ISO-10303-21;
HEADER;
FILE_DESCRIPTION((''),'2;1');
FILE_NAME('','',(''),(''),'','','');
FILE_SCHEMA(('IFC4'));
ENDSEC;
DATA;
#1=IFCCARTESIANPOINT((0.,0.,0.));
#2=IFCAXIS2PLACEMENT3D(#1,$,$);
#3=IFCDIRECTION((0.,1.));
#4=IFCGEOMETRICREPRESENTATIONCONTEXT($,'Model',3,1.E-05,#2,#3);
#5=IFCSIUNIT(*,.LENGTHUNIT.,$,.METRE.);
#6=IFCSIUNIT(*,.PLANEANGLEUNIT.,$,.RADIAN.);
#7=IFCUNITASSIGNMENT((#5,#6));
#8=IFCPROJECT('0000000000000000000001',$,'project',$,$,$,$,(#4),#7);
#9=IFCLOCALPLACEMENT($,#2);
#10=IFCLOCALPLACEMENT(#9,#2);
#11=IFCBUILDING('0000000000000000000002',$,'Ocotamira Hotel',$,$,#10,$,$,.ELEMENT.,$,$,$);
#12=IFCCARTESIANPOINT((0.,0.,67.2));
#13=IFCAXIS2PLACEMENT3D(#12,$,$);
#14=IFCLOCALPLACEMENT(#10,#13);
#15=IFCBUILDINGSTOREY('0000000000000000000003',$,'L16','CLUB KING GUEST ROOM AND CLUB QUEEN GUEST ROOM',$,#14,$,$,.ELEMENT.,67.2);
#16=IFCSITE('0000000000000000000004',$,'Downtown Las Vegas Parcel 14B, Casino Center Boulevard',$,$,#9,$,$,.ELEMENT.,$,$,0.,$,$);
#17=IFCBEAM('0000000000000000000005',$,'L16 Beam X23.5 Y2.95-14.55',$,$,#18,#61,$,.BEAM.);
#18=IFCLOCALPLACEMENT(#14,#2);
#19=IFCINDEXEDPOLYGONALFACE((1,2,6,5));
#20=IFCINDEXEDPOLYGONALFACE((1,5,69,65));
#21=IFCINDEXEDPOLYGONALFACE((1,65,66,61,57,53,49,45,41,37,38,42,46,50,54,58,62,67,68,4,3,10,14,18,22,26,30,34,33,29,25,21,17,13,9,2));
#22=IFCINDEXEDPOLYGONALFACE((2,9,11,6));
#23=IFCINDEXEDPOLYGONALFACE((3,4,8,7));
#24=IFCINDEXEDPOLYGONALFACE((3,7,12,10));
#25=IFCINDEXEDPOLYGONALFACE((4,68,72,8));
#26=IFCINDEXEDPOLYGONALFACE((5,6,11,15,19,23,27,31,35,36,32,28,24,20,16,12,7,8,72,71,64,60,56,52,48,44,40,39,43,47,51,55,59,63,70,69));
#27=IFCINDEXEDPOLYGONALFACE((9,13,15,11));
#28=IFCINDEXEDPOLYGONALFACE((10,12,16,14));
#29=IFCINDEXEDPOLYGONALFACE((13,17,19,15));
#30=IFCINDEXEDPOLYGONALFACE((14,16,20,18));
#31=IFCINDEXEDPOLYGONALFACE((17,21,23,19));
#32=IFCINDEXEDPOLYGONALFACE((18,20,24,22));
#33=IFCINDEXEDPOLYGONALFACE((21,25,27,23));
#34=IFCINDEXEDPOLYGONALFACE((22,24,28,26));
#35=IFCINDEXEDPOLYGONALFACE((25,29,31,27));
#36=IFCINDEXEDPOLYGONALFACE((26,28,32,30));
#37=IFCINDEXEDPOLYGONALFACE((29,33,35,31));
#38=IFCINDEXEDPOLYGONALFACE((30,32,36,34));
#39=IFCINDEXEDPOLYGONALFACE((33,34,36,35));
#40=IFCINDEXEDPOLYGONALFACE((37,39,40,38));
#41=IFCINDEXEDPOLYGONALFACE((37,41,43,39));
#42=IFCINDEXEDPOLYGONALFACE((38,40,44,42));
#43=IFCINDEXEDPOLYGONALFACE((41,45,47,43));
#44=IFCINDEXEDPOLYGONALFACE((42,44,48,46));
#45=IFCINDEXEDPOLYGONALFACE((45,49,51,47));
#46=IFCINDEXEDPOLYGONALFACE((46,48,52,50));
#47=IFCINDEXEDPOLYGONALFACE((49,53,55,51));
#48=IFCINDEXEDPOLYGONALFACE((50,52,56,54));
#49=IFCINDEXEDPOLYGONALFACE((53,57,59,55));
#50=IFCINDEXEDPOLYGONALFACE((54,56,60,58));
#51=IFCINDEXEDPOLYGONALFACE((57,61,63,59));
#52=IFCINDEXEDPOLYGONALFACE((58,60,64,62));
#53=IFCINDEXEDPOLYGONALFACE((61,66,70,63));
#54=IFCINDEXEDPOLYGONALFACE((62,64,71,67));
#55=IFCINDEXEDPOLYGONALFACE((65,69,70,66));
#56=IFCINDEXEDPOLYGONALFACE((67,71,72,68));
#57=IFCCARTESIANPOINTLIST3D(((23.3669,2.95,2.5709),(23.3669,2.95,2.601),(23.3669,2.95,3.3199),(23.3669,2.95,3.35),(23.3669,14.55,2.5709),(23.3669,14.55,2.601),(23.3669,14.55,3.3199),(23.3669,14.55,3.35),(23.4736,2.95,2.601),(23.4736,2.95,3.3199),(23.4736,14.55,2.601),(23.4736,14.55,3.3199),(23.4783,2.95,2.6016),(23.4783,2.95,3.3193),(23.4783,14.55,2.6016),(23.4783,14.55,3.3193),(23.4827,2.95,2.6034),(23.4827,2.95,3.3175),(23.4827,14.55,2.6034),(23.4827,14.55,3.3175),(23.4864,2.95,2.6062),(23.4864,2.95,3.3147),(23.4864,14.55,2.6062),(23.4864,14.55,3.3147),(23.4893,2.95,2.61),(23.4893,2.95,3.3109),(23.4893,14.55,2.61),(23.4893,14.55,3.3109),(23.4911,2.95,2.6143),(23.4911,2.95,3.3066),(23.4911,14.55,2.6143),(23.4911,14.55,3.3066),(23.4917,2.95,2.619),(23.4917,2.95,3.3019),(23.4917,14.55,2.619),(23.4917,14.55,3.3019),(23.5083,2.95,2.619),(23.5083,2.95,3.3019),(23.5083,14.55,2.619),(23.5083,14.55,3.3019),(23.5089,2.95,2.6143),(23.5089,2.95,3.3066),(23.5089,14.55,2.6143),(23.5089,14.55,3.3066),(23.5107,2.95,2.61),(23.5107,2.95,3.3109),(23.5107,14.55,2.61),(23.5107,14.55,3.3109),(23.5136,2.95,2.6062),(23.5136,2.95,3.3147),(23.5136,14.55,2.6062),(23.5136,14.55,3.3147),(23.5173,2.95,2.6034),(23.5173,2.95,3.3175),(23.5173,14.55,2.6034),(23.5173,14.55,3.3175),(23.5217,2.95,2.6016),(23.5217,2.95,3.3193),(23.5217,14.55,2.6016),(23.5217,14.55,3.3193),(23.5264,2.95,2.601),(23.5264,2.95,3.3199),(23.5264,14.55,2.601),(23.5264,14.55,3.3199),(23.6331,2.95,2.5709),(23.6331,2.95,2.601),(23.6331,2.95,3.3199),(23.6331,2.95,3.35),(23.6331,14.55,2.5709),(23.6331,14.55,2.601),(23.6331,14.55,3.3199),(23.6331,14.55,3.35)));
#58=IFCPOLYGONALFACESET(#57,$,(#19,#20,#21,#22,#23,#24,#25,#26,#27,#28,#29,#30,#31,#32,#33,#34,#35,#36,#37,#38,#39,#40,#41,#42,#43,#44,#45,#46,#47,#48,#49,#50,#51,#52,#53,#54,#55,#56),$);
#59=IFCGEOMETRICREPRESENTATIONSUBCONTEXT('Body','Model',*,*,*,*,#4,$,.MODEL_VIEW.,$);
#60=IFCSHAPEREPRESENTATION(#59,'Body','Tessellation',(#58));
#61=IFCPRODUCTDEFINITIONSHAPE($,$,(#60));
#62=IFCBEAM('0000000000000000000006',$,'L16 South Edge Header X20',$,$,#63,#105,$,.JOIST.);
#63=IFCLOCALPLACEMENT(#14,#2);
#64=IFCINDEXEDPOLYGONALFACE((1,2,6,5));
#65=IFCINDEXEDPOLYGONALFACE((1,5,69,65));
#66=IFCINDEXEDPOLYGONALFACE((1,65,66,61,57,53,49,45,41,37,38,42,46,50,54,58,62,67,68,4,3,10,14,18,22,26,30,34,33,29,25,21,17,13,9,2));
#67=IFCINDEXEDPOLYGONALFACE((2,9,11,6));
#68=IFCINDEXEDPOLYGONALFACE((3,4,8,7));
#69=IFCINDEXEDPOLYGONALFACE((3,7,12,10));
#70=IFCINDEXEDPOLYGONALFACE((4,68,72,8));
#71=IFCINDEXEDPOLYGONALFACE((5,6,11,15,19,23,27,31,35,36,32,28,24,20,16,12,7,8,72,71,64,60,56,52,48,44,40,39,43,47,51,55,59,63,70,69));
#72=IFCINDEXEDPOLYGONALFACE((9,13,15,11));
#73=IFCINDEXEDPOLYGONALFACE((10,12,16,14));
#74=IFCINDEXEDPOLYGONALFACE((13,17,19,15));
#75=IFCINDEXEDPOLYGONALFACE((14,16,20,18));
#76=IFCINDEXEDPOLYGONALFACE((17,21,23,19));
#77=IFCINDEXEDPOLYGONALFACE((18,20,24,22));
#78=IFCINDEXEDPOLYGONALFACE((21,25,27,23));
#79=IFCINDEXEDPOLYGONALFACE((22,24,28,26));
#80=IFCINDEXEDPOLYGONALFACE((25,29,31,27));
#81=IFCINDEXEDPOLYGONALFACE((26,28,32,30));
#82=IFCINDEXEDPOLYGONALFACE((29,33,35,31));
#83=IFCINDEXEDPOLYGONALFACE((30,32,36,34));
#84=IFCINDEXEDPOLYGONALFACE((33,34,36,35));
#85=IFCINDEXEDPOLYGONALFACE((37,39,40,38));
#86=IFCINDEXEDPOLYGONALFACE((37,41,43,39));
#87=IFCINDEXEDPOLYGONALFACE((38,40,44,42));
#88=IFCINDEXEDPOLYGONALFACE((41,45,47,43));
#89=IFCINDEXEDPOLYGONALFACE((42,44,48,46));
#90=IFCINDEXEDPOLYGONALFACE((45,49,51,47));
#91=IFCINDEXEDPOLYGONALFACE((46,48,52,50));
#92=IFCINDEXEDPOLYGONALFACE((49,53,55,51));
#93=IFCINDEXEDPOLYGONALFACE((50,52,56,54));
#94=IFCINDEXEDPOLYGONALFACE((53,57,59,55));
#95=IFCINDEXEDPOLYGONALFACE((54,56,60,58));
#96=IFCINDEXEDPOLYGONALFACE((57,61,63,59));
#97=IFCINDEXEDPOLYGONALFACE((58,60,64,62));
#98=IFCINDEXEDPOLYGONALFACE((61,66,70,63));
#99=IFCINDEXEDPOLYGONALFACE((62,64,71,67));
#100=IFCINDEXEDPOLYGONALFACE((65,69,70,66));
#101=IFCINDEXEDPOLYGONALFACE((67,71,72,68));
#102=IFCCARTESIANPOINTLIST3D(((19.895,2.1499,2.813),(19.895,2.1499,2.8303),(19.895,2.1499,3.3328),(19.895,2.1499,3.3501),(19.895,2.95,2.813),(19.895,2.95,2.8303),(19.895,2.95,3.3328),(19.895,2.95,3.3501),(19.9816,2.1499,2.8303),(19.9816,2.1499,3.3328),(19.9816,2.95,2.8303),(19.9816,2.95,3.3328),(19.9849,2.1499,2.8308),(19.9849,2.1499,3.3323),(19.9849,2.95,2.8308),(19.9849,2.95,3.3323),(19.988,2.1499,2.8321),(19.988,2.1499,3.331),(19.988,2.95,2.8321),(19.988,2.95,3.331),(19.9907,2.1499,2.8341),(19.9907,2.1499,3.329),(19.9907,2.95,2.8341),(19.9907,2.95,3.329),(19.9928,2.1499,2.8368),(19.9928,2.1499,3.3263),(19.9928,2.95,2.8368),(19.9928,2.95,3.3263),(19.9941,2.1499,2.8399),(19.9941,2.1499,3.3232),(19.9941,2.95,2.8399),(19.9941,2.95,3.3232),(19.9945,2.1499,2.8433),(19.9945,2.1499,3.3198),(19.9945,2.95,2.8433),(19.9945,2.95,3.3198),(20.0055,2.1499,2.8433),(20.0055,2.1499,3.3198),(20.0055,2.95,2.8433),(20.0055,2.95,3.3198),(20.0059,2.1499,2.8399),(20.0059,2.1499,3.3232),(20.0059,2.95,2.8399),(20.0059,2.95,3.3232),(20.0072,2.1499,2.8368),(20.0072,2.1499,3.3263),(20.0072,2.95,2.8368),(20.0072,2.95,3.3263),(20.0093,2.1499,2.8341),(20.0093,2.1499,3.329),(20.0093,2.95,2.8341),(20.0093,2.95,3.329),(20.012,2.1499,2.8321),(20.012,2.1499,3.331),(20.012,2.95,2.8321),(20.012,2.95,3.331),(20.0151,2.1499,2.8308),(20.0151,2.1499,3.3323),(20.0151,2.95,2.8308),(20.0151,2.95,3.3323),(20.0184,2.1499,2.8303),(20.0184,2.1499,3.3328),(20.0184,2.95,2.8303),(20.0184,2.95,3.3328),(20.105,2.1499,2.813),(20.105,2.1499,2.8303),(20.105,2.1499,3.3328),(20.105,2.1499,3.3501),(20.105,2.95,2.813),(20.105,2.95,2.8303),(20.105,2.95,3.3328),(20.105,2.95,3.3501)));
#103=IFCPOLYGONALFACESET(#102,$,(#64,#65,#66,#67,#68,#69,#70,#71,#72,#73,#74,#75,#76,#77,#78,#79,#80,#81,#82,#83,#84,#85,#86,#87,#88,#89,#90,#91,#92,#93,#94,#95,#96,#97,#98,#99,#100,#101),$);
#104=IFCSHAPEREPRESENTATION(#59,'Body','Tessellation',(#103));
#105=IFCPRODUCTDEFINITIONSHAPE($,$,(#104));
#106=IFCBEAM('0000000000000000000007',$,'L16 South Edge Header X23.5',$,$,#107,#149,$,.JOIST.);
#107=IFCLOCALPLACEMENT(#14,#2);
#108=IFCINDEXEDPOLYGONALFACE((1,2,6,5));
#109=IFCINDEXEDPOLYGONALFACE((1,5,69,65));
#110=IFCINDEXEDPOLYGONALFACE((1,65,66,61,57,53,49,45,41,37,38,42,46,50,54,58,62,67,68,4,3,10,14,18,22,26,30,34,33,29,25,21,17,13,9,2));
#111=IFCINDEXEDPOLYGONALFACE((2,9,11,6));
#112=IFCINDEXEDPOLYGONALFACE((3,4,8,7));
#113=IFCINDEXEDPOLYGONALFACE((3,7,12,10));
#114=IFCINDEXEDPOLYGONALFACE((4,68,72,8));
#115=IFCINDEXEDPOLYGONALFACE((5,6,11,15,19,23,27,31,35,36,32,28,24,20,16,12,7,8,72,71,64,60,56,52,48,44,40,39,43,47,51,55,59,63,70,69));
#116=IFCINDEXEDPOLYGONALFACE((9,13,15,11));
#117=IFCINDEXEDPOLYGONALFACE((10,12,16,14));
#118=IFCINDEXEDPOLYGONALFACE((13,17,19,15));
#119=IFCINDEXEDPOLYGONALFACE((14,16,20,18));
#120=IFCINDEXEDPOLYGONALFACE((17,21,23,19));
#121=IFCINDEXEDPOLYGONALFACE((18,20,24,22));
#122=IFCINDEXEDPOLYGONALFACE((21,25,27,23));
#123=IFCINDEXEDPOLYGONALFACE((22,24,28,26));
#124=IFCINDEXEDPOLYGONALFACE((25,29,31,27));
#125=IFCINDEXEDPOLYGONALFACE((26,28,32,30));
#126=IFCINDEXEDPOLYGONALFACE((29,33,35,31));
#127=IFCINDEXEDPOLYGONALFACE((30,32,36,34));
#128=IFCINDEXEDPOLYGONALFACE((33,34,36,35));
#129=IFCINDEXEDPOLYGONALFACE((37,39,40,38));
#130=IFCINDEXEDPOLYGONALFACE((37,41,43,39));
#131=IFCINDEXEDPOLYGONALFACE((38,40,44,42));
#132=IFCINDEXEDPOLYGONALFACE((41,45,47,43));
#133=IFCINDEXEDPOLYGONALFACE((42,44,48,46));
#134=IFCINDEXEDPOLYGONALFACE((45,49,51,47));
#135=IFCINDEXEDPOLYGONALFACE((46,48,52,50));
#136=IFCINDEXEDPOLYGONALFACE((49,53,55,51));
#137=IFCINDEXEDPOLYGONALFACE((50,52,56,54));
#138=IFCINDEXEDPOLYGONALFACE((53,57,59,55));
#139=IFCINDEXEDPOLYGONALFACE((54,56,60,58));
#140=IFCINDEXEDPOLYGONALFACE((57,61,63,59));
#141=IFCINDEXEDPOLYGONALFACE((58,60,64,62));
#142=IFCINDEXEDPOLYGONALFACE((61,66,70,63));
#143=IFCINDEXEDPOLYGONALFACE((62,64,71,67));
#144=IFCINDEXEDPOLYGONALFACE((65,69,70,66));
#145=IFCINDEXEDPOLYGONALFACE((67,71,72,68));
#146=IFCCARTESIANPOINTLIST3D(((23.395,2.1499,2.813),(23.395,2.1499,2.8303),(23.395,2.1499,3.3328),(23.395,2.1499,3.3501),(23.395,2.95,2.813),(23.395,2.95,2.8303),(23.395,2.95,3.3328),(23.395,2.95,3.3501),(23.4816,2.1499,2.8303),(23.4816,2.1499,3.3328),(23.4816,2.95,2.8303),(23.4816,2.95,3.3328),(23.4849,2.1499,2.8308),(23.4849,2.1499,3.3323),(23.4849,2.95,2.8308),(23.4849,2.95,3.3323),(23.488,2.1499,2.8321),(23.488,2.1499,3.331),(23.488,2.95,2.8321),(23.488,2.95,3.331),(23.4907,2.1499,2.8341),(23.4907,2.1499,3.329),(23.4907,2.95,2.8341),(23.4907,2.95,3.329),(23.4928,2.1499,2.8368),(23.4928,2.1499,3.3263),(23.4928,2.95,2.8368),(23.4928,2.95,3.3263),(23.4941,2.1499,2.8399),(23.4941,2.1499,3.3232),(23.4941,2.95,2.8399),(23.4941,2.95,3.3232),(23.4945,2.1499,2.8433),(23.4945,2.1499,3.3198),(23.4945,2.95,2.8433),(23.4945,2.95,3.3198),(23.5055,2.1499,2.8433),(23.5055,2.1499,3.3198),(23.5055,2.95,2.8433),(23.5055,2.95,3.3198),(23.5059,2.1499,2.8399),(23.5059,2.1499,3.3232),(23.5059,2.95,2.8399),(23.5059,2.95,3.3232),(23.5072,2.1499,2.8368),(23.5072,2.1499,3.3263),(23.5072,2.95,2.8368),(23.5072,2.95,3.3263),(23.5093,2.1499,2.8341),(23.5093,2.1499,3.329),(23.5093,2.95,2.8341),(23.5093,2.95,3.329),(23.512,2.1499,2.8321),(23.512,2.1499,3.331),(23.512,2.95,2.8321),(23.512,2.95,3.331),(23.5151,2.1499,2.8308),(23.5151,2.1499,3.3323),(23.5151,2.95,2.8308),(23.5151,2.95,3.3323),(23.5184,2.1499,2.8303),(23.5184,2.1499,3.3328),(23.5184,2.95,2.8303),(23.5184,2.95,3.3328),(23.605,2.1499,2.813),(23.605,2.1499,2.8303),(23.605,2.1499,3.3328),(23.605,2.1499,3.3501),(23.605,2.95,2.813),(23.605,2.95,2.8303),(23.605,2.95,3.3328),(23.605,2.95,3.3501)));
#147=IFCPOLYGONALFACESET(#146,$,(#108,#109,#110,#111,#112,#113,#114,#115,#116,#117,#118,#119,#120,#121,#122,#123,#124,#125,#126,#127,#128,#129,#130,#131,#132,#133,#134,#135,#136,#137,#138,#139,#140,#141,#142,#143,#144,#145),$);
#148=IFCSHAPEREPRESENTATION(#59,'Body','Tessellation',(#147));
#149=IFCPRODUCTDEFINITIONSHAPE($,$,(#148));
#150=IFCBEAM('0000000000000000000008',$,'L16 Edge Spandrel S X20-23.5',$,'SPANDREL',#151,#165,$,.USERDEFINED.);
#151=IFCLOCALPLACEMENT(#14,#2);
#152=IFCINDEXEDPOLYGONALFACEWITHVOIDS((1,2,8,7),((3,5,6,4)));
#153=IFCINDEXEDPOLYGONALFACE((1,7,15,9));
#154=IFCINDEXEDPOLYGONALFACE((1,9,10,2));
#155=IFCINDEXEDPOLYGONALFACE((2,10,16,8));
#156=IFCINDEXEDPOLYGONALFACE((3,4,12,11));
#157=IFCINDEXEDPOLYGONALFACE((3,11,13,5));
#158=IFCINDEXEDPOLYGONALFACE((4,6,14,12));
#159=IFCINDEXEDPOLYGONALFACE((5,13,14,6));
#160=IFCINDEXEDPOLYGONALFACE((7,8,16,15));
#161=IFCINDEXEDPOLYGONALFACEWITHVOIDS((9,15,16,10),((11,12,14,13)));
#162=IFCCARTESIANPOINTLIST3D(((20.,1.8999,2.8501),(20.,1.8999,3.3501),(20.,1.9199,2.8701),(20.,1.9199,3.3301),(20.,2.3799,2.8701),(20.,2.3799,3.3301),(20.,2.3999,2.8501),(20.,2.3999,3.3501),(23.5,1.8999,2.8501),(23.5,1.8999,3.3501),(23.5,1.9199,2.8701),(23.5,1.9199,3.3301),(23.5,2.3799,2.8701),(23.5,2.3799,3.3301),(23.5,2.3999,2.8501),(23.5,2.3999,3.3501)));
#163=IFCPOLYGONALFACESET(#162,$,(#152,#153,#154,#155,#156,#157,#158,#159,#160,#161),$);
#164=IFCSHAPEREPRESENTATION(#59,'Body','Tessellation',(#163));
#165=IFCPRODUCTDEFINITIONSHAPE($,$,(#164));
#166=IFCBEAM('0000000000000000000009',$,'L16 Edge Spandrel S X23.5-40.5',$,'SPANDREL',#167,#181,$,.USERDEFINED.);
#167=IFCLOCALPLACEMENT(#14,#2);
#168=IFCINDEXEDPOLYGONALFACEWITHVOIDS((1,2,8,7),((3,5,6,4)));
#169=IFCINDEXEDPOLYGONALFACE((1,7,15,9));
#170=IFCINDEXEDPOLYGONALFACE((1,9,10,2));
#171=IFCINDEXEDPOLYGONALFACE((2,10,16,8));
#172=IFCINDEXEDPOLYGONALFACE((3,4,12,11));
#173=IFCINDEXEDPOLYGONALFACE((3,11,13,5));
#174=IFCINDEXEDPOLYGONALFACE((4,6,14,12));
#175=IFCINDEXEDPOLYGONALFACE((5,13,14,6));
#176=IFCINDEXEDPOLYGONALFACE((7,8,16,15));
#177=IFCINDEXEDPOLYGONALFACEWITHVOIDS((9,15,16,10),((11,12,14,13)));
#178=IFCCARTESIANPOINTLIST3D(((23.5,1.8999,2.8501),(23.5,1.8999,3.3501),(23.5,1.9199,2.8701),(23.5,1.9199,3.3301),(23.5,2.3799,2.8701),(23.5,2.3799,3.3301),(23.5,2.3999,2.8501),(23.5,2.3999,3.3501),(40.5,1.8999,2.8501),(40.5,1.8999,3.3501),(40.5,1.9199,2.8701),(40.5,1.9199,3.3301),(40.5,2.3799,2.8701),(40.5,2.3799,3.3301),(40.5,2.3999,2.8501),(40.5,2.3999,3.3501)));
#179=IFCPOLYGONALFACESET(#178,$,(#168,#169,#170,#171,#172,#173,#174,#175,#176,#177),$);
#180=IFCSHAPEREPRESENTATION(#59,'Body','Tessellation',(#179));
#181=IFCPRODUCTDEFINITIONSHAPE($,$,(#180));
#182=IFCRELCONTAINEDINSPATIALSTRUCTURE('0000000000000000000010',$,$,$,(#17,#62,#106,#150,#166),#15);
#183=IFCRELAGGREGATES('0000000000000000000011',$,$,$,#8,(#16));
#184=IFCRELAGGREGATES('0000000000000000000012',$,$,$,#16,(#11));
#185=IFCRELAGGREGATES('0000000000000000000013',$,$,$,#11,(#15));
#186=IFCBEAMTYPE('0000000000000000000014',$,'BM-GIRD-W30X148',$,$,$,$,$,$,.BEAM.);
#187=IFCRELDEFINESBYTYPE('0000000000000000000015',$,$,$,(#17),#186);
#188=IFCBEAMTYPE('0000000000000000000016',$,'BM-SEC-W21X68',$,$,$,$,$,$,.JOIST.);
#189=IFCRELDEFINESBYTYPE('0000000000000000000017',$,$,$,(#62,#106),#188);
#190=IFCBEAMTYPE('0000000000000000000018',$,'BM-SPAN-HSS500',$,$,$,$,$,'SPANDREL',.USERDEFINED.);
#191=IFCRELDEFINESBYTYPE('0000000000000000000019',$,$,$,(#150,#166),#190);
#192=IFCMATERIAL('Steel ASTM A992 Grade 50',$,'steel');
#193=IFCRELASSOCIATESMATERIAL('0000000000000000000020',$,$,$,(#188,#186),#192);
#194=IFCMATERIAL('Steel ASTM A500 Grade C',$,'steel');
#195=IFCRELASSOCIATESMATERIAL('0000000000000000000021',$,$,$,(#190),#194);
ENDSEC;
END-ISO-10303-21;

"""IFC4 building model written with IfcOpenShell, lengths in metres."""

from ifc_helpers import new_model, si_unit, direction, frame, origin, origin_2d, place, context, subcontext, project, spatial, hollow_rectangle, i_section, extrude, source, transform, mapped, material, material_profile, profile_set, type_object, element, save


model = new_model("IFC4")

# Units and contexts
model_context = context("Model", 3, precision=1e-05, world=origin(), true_north=direction((0.0, 1.0)))
body_context = subcontext(model_context, "Body", "Model", "MODEL_VIEW")
ifc_project = project(units=[si_unit("LENGTHUNIT", "METRE"), si_unit("PLANEANGLEUNIT", "RADIAN")], contexts=[model_context])

# Site, building, storey
site_placement = place(None, origin())
site = spatial("IfcSite", under=ifc_project, at=site_placement, Name="Downtown Las Vegas Parcel 14B, Casino Center Boulevard", CompositionType="ELEMENT", RefElevation=0.0)
building_placement = place(site_placement, origin())
building = spatial("IfcBuilding", under=site, at=building_placement, Name="Ocotamira Hotel", CompositionType="ELEMENT")
storey_placement = place(building_placement, frame((0.0, 0.0, 67.2)))
storey = spatial("IfcBuildingStorey", under=building, at=storey_placement, Name="L16", Description="CLUB KING GUEST ROOM AND CLUB QUEEN GUEST ROOM", CompositionType="ELEMENT", Elevation=67.2)

# Beams
ifc_material_1 = material(Name="Steel ASTM A992 Grade 50", Category="steel")
ifc_material_profile_1 = material_profile(ifc_material_1, i_section(OverallWidth=0.21, OverallDepth=0.5371, WebThickness=0.011, FlangeThickness=0.0173, FilletRadius=0.0129, at=origin_2d()), Name="W21X68")
ifc_profile_set_1 = profile_set([ifc_material_profile_1], Name="Steel ASTM A992 Grade 50")
beam_type_1 = type_object("IfcBeamType", Name="BM-SEC-W21X68", PredefinedType="JOIST", material=ifc_profile_set_1)
ifc_material_profile_2 = material_profile(ifc_material_1, i_section(OverallWidth=0.2661, OverallDepth=0.7791, WebThickness=0.0166, FlangeThickness=0.03, FilletRadius=0.0181, at=origin_2d()), Name="W30X148")
ifc_profile_set_2 = profile_set([ifc_material_profile_2], Name="Steel ASTM A992 Grade 50")
beam_type_2 = type_object("IfcBeamType", Name="BM-GIRD-W30X148", PredefinedType="BEAM", material=ifc_profile_set_2)
shared_shape_1 = source(origin(), body_context, "Body", "SweptSolid", [
    extrude(i_section(OverallWidth=0.2661, OverallDepth=0.7791, WebThickness=0.0166, FlangeThickness=0.03, FilletRadius=0.0181, at=origin_2d()), origin(), (0.0, 0.0, 1.0), 11.6001),
])
beam_1_placement = place(storey_placement, frame((23.5, 2.95, 2.9604), z_axis=(0.0, 1.0, 0.0), x_axis=(-1.0, 0.0, 0.0)))
element("IfcBeam", 1, at=beam_1_placement, inside=storey, type_object=beam_type_2, Name="L16 Beam X23.5 Y2.95-14.55", PredefinedType="BEAM", context=body_context, shape_type="MappedRepresentation", body=[
    mapped(shared_shape_1, transform((0.0, 0.0, 0.0), scale=1.0)),
])
shared_shape_2 = source(origin(), body_context, "Body", "SweptSolid", [
    extrude(i_section(OverallWidth=0.21, OverallDepth=0.5371, WebThickness=0.011, FlangeThickness=0.0173, FilletRadius=0.0129, at=origin_2d()), origin(), (0.0, 0.0, 1.0), 0.8),
])
for number, where, z_axis, x_axis, name in (
    (2, (20.0, 2.95, 3.0815), (0.0, -1.0, 0.0), (1.0, 0.0, 0.0), "L16 South Edge Header X20"),
    (3, (23.5, 2.95, 3.0815), (0.0, -1.0, 0.0), (1.0, 0.0, 0.0), "L16 South Edge Header X23.5"),
):
    element("IfcBeam", number, at=place(storey_placement, frame(where, z_axis=z_axis, x_axis=x_axis)), inside=storey, type_object=beam_type_1, Name=name, PredefinedType="JOIST", context=body_context, shape_type="MappedRepresentation", body=[
        mapped(shared_shape_2, transform((0.0, 0.0, 0.0), scale=1.0)),
    ])
ifc_material_2 = material(Name="Steel ASTM A500 Grade C", Category="steel")
ifc_material_profile_3 = material_profile(ifc_material_2, hollow_rectangle(XDim=0.5, YDim=0.5, WallThickness=0.02, at=origin_2d()), Name="HSS500X500X20")
ifc_profile_set_3 = profile_set([ifc_material_profile_3], Name="Steel ASTM A500 Grade C")
beam_type_3 = type_object("IfcBeamType", Name="BM-SPAN-HSS500", ElementType="SPANDREL", PredefinedType="USERDEFINED", material=ifc_profile_set_3)
shared_shape_3 = source(origin(), body_context, "Body", "SweptSolid", [
    extrude(hollow_rectangle(XDim=0.5, YDim=0.5, WallThickness=0.02, at=origin_2d()), origin(), (0.0, 0.0, 1.0), 3.5),
])
beam_2_placement = place(storey_placement, frame((20.0, 2.1499, 3.1001), z_axis=(1.0, 0.0, 0.0), x_axis=(0.0, 1.0, 0.0)))
element("IfcBeam", 4, at=beam_2_placement, inside=storey, type_object=beam_type_3, Name="L16 Edge Spandrel S X20-23.5", ObjectType="SPANDREL", PredefinedType="USERDEFINED", context=body_context, shape_type="MappedRepresentation", body=[
    mapped(shared_shape_3, transform((0.0, 0.0, 0.0), scale=1.0)),
])
shared_shape_4 = source(origin(), body_context, "Body", "SweptSolid", [
    extrude(hollow_rectangle(XDim=0.5, YDim=0.5, WallThickness=0.02, at=origin_2d()), origin(), (0.0, 0.0, 1.0), 17.0),
])
beam_3_placement = place(storey_placement, frame((23.5, 2.1499, 3.1001), z_axis=(1.0, 0.0, 0.0), x_axis=(0.0, 1.0, 0.0)))
element("IfcBeam", 5, at=beam_3_placement, inside=storey, type_object=beam_type_3, Name="L16 Edge Spandrel S X23.5-40.5", ObjectType="SPANDREL", PredefinedType="USERDEFINED", context=body_context, shape_type="MappedRepresentation", body=[
    mapped(shared_shape_4, transform((0.0, 0.0, 0.0), scale=1.0)),
])

save(model, "model.ifc")
